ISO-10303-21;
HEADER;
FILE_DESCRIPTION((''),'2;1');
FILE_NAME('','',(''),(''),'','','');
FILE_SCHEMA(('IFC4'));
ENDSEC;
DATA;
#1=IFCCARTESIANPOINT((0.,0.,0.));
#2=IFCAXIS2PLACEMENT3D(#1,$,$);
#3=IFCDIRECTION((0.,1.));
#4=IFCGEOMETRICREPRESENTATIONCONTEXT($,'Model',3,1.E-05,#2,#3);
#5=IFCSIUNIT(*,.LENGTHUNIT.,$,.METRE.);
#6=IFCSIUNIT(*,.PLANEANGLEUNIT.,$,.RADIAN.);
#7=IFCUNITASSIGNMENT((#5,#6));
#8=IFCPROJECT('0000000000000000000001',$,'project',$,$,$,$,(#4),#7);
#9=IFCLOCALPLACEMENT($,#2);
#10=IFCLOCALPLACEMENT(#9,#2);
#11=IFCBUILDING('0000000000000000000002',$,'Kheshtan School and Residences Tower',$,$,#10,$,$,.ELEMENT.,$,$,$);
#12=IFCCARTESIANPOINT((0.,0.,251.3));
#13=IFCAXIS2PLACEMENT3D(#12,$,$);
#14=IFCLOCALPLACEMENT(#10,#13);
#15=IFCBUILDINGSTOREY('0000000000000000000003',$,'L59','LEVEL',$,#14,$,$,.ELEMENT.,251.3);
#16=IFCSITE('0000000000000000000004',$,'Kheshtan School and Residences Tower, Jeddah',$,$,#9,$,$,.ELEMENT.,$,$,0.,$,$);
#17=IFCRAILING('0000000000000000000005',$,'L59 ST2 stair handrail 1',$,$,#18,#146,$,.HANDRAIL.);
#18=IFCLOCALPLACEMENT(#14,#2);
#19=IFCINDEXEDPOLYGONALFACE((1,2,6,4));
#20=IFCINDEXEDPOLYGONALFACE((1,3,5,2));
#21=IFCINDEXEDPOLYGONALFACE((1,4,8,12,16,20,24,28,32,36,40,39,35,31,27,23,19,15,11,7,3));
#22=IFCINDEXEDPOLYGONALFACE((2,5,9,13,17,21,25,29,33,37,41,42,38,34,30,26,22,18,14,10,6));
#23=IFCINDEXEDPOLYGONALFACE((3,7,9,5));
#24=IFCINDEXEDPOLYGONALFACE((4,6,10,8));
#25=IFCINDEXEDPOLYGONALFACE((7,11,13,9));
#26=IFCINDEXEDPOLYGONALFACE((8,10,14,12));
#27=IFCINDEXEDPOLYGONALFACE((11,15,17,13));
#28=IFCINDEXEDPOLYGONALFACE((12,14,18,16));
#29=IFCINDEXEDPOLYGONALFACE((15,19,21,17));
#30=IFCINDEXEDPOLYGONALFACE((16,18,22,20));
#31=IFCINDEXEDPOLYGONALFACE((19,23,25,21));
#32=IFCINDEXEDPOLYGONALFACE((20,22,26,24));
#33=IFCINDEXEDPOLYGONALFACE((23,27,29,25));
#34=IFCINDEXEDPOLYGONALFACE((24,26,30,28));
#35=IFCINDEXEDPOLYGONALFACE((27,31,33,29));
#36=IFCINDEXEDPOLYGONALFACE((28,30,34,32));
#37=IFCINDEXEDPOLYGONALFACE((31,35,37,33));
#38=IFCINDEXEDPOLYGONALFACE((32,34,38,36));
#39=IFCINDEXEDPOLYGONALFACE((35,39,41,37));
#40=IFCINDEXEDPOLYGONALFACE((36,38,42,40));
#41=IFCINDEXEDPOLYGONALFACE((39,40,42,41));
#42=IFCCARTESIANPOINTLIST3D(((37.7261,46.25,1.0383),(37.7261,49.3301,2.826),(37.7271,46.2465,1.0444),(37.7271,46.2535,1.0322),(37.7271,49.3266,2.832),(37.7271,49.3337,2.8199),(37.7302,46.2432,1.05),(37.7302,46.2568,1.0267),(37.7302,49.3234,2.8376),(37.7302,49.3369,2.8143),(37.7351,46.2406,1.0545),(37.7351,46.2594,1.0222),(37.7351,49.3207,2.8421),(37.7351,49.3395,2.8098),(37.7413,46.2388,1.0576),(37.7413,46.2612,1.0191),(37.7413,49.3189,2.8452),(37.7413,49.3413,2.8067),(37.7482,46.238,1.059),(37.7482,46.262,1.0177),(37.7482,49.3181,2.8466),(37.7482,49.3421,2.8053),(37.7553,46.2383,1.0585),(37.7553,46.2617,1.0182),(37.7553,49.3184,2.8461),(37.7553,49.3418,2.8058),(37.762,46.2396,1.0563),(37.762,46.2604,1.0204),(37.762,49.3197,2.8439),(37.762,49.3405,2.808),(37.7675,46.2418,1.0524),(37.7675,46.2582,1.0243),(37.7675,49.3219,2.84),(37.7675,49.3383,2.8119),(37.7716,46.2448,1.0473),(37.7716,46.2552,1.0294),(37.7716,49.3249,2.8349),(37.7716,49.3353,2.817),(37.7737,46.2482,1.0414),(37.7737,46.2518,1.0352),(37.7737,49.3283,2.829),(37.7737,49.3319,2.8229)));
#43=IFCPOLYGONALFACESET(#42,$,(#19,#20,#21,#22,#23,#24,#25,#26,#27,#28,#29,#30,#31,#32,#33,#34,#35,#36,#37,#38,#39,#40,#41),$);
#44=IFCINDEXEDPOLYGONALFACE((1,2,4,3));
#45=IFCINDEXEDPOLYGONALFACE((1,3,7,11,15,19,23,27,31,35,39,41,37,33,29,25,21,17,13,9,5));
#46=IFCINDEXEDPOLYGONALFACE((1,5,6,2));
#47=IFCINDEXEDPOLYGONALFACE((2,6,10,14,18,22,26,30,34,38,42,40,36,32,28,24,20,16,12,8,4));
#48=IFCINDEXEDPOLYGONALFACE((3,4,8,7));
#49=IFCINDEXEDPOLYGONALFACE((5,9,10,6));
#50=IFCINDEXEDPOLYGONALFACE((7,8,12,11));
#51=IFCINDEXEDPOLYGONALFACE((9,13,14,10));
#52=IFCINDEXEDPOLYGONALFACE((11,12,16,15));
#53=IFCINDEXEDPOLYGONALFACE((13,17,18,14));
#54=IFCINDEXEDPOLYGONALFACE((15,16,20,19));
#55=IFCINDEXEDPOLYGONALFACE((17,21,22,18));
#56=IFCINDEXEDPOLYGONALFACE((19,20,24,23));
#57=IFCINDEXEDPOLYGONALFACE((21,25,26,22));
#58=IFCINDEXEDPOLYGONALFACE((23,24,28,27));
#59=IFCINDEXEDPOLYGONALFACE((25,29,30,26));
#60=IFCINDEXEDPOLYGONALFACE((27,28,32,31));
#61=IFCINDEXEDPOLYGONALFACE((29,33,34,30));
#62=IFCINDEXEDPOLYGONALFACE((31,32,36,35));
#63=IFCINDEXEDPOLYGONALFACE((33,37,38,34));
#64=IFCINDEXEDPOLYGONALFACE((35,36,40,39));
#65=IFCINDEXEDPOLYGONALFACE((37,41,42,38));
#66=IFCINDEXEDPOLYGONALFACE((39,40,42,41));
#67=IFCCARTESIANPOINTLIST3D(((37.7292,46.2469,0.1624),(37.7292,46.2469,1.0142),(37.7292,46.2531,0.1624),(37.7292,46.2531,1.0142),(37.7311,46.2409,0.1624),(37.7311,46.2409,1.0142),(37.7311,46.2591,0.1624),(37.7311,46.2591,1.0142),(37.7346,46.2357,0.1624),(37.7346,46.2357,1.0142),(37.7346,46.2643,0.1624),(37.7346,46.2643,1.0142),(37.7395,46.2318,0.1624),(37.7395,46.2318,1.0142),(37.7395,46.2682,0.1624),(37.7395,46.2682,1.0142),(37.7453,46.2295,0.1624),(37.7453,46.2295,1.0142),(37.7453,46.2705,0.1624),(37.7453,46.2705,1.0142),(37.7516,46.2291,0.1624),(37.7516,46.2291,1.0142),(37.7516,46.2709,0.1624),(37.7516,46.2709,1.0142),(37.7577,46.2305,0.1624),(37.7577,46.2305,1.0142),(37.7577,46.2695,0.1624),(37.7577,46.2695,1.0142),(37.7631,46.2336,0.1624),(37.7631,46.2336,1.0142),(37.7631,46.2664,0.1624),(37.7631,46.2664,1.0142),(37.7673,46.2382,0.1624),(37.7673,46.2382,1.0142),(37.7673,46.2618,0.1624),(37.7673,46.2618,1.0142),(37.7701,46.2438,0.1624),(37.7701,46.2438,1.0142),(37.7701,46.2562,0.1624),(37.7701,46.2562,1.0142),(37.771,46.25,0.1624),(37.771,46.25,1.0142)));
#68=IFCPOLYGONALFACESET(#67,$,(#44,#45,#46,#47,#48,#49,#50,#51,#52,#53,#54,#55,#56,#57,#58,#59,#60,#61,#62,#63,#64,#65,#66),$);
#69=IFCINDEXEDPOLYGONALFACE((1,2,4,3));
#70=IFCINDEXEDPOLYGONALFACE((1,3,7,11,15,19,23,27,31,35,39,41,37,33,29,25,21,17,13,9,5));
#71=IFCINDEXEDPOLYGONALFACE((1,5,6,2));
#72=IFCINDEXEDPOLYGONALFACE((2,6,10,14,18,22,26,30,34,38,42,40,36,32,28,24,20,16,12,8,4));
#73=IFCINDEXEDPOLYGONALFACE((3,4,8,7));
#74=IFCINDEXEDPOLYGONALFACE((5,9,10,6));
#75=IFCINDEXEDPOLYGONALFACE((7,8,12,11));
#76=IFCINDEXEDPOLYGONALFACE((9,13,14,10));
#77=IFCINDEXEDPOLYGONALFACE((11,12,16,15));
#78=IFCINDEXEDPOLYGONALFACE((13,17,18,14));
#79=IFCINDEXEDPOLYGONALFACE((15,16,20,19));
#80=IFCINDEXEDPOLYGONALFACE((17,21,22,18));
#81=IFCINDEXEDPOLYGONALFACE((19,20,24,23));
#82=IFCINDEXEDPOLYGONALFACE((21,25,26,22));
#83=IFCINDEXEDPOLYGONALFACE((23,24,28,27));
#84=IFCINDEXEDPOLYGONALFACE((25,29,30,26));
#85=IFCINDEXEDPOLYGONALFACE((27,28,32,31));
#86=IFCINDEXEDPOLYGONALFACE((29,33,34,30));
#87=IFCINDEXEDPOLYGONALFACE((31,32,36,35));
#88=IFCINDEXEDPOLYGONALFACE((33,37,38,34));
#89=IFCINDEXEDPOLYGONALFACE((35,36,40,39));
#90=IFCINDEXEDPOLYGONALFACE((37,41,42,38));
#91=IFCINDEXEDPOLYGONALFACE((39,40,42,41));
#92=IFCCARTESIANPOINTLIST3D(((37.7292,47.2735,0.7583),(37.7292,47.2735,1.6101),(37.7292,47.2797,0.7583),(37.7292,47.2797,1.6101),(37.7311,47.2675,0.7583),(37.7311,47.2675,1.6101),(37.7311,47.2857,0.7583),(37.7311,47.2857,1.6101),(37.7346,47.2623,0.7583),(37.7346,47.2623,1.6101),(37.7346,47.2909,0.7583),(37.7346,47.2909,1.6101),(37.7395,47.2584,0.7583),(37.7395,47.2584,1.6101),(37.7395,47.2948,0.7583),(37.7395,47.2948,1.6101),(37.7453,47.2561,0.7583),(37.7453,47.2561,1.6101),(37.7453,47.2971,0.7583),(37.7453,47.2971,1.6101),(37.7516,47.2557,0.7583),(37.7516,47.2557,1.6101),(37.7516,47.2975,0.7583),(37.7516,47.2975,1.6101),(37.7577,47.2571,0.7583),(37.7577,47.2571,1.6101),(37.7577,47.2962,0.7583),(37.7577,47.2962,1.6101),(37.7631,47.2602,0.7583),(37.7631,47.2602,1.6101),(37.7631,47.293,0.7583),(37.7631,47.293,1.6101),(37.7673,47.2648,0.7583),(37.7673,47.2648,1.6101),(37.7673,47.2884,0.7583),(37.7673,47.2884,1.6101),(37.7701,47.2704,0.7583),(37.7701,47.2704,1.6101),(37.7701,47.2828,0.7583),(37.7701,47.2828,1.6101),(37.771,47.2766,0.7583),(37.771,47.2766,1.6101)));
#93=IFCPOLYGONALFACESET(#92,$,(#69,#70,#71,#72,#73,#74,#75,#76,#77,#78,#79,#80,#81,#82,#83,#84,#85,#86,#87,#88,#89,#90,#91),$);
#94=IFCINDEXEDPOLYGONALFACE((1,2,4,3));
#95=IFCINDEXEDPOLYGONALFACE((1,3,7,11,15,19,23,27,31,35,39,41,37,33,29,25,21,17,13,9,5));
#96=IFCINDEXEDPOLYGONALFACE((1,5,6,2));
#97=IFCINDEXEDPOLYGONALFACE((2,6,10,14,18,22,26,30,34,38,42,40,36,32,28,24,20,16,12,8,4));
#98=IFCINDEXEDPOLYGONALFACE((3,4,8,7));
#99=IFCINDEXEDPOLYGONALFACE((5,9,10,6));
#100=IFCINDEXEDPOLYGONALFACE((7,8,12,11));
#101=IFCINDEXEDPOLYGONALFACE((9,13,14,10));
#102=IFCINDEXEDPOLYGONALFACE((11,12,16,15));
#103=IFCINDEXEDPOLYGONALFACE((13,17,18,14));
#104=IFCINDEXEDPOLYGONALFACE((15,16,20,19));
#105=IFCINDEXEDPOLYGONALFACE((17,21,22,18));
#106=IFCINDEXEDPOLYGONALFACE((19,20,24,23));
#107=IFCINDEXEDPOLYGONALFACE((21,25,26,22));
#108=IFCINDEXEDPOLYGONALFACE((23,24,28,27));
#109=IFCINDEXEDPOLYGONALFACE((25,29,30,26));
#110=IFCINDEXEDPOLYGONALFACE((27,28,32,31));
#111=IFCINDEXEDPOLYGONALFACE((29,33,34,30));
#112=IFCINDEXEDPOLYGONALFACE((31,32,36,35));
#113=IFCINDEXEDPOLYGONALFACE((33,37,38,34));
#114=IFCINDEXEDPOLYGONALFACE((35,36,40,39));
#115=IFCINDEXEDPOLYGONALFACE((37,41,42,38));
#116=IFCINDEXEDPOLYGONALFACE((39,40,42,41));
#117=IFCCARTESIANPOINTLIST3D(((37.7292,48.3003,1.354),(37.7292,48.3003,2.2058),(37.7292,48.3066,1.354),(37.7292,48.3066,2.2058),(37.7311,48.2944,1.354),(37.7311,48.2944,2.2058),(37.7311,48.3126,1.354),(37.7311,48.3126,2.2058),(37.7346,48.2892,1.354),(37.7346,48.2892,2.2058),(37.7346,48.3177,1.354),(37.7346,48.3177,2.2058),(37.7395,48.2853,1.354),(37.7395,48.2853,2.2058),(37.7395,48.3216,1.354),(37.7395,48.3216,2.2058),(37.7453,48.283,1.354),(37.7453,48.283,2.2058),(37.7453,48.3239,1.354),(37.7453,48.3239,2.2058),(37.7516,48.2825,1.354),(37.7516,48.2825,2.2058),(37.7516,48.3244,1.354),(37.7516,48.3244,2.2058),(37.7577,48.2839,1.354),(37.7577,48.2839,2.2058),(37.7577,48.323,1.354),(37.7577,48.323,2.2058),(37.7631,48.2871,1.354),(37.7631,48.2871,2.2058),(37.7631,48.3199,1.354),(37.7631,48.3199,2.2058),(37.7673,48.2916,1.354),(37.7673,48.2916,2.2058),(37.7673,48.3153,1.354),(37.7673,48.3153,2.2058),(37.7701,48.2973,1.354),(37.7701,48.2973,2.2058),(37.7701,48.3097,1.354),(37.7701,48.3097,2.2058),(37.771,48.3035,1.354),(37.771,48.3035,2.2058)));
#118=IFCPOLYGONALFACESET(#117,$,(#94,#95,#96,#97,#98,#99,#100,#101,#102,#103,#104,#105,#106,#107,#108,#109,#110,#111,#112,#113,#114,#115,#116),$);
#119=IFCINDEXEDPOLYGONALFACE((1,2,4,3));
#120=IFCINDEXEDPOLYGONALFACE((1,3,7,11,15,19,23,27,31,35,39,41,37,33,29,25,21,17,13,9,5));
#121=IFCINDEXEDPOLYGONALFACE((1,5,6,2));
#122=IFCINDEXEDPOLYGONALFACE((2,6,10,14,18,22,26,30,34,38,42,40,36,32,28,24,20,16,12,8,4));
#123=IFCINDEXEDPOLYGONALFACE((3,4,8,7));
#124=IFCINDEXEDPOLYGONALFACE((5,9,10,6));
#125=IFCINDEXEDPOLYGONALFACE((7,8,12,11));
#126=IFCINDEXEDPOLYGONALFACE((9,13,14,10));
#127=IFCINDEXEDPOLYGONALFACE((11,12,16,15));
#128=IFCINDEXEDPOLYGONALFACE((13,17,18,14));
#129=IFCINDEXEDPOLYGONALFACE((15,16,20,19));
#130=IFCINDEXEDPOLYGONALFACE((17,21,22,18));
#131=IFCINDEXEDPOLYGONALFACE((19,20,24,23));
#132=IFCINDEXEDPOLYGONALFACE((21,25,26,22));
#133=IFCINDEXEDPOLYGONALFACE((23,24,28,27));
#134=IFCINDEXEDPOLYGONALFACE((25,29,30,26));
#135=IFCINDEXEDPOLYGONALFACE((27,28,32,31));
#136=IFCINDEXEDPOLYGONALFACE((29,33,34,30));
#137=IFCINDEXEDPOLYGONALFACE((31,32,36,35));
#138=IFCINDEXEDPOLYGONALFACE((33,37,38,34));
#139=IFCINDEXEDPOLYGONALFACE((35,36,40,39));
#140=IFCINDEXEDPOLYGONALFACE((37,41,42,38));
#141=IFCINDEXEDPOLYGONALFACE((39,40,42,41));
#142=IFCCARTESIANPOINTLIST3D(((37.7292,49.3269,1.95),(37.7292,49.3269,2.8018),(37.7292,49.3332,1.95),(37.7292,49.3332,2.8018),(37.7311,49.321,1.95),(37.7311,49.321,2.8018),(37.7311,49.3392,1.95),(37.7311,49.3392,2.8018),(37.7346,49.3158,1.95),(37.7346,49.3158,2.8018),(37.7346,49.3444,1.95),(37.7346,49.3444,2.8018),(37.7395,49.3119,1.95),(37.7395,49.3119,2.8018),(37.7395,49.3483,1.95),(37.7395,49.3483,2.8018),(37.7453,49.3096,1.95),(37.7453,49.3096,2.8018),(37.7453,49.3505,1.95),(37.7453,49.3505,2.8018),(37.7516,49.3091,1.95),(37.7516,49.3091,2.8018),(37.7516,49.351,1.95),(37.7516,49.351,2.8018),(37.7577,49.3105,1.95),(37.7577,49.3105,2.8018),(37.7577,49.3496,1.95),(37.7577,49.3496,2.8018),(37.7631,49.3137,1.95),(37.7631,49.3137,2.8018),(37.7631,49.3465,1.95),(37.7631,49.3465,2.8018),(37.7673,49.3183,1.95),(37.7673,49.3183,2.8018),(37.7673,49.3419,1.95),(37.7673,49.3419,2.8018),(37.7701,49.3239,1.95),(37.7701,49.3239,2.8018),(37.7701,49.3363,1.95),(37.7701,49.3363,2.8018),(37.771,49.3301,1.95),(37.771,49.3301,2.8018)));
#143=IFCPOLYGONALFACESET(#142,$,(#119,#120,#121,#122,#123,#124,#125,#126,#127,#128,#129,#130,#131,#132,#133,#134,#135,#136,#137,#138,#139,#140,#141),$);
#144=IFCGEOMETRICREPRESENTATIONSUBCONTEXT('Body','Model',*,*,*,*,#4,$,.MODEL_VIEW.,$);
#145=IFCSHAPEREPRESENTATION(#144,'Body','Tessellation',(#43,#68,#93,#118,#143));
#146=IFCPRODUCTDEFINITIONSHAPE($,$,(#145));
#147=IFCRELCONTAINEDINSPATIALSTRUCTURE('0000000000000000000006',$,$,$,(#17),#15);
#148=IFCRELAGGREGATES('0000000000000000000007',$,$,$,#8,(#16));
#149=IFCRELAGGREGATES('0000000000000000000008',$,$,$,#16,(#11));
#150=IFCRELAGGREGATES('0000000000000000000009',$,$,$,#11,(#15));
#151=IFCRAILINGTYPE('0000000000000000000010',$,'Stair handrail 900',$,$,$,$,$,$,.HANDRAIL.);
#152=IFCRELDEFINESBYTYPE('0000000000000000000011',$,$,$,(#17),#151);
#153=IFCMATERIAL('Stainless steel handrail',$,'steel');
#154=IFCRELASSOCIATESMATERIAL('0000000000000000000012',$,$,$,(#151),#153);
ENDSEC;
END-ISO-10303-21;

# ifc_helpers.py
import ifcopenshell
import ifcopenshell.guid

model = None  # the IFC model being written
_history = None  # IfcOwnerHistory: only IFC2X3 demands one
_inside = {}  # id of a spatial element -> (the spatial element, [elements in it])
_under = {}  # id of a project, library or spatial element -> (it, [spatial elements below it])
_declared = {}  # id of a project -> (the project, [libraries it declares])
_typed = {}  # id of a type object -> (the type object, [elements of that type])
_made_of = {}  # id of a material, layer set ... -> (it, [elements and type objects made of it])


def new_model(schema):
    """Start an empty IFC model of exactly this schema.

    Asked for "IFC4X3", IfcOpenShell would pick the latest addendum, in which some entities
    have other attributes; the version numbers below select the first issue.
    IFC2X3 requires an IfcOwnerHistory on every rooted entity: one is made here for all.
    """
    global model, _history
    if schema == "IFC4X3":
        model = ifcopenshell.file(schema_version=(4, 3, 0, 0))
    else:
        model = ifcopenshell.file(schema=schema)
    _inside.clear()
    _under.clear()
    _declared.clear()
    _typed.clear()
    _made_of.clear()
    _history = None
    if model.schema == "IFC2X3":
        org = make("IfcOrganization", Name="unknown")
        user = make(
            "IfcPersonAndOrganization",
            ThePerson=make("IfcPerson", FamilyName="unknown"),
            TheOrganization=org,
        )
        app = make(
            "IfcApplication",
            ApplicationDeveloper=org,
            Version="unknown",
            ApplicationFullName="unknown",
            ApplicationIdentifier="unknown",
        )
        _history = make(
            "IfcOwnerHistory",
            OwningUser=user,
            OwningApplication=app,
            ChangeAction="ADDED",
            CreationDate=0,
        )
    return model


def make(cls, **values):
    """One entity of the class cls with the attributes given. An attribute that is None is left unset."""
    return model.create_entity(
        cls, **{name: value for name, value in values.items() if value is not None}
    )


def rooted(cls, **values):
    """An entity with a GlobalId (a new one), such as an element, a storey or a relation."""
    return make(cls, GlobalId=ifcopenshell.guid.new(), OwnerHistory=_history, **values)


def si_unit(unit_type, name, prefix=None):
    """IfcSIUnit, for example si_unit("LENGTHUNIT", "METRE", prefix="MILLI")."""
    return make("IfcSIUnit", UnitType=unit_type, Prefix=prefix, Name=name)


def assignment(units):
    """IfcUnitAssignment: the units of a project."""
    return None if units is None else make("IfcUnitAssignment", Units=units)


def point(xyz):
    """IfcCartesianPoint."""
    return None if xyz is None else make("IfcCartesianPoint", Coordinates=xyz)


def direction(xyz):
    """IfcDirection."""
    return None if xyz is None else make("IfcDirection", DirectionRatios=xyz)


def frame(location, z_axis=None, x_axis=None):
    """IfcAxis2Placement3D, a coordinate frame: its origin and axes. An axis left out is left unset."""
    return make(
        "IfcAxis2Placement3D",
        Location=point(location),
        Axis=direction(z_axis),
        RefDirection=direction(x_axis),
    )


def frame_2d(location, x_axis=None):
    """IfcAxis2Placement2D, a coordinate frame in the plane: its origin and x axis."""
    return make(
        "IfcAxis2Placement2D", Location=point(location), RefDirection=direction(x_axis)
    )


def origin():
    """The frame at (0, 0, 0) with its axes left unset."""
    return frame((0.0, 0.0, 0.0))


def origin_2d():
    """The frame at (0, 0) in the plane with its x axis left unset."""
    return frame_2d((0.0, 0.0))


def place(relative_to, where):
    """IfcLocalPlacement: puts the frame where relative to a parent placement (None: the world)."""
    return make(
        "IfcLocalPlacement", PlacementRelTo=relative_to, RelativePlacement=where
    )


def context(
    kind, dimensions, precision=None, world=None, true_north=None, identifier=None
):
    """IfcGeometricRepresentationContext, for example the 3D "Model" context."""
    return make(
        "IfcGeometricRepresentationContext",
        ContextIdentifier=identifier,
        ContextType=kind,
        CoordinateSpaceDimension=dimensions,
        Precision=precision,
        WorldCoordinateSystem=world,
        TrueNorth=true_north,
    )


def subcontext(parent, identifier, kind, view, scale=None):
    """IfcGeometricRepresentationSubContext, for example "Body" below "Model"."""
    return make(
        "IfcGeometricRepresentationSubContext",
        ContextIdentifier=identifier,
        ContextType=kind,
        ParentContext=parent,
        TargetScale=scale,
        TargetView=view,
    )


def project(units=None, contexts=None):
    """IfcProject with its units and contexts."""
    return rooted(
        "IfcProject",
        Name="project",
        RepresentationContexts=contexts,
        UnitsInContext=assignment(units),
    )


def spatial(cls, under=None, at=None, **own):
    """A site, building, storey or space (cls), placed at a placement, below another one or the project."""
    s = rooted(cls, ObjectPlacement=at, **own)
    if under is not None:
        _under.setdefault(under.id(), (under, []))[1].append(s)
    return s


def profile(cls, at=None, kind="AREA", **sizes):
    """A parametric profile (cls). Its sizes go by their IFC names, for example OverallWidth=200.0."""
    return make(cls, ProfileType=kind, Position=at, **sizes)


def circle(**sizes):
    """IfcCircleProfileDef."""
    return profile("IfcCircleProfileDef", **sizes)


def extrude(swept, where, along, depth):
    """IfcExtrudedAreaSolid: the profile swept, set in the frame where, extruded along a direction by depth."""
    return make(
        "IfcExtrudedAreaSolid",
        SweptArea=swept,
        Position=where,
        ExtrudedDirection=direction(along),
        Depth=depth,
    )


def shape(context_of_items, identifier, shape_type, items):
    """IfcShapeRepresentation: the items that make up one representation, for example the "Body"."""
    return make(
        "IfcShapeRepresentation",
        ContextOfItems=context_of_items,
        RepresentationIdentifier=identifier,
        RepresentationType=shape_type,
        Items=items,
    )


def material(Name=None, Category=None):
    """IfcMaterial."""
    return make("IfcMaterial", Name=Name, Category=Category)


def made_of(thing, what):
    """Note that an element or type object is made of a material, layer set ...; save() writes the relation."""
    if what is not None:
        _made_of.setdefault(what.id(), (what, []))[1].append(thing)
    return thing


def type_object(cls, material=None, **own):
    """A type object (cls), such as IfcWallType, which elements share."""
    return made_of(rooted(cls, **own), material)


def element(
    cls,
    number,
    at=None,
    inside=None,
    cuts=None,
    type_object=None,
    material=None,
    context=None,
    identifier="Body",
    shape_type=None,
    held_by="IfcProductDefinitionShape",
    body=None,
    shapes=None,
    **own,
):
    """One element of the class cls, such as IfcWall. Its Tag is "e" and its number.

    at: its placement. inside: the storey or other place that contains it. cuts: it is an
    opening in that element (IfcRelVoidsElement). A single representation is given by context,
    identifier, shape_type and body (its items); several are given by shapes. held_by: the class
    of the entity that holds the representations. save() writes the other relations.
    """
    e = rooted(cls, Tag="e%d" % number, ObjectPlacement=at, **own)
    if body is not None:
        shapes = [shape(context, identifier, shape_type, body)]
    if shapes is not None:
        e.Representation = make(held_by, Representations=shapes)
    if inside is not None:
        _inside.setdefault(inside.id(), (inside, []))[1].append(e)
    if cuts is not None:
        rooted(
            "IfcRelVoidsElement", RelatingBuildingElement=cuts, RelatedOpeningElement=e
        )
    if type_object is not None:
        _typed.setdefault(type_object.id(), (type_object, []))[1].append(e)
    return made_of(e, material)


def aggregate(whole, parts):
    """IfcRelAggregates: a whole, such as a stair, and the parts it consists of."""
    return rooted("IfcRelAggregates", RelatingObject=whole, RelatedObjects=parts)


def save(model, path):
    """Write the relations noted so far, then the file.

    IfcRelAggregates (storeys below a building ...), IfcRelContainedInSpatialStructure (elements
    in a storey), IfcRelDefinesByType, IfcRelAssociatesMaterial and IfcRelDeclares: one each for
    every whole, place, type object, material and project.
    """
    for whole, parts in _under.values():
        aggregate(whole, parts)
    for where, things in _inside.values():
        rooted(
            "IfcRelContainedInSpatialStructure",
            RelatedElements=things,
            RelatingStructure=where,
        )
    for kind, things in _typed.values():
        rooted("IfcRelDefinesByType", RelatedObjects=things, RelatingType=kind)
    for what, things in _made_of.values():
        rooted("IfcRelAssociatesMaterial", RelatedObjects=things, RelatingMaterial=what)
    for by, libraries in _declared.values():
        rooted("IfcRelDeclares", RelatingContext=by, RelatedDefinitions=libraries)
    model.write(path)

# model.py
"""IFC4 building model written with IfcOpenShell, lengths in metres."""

from ifc_helpers import new_model, si_unit, direction, frame, origin, origin_2d, place, context, subcontext, project, spatial, circle, extrude, material, type_object, element, save


model = new_model("IFC4")

# Units and contexts
model_context = context("Model", 3, precision=1e-05, world=origin(), true_north=direction((0.0, 1.0)))
body_context = subcontext(model_context, "Body", "Model", "MODEL_VIEW")
ifc_project = project(units=[si_unit("LENGTHUNIT", "METRE"), si_unit("PLANEANGLEUNIT", "RADIAN")], contexts=[model_context])

# Site, building, storey
site_placement = place(None, origin())
site = spatial("IfcSite", under=ifc_project, at=site_placement, Name="Kheshtan School and Residences Tower, Jeddah", CompositionType="ELEMENT", RefElevation=0.0)
building_placement = place(site_placement, origin())
building = spatial("IfcBuilding", under=site, at=building_placement, Name="Kheshtan School and Residences Tower", CompositionType="ELEMENT")
storey_placement = place(building_placement, frame((0.0, 0.0, 251.3)))
storey = spatial("IfcBuildingStorey", under=building, at=storey_placement, Name="L59", Description="LEVEL", CompositionType="ELEMENT", Elevation=251.3)

# Railing
ifc_material_1 = material(Name="Stainless steel handrail", Category="steel")
railing_type_1 = type_object("IfcRailingType", Name="Stair handrail 900", PredefinedType="HANDRAIL", material=ifc_material_1)
railing_1_placement = place(storey_placement, frame((37.75, 46.25, 0.1624)))
element("IfcRailing", 1, at=railing_1_placement, inside=storey, type_object=railing_type_1, Name="L59 ST2 stair handrail 1", PredefinedType="HANDRAIL", context=body_context, shape_type="SweptSolid", body=[
    extrude(circle(Radius=0.0239, at=origin_2d()), frame((0.0, 0.0, 0.876), z_axis=(0.0, 0.864891, 0.50196), x_axis=(-1.0, 0.0, 0.0)), (0.0, 0.0, 1.0), 3.5613),
    extrude(circle(Radius=0.021, at=origin_2d()), origin(), (0.0, 0.0, 1.0), 0.8518),
    extrude(circle(Radius=0.021, at=origin_2d()), frame((0.0, 1.0266, 0.5959)), (0.0, 0.0, 1.0), 0.8518),
    extrude(circle(Radius=0.021, at=origin_2d()), frame((0.0, 2.0535, 1.1917)), (0.0, 0.0, 1.0), 0.8518),
    extrude(circle(Radius=0.021, at=origin_2d()), frame((0.0, 3.0801, 1.7876)), (0.0, 0.0, 1.0), 0.8518),
])

save(model, "model.ifc")
